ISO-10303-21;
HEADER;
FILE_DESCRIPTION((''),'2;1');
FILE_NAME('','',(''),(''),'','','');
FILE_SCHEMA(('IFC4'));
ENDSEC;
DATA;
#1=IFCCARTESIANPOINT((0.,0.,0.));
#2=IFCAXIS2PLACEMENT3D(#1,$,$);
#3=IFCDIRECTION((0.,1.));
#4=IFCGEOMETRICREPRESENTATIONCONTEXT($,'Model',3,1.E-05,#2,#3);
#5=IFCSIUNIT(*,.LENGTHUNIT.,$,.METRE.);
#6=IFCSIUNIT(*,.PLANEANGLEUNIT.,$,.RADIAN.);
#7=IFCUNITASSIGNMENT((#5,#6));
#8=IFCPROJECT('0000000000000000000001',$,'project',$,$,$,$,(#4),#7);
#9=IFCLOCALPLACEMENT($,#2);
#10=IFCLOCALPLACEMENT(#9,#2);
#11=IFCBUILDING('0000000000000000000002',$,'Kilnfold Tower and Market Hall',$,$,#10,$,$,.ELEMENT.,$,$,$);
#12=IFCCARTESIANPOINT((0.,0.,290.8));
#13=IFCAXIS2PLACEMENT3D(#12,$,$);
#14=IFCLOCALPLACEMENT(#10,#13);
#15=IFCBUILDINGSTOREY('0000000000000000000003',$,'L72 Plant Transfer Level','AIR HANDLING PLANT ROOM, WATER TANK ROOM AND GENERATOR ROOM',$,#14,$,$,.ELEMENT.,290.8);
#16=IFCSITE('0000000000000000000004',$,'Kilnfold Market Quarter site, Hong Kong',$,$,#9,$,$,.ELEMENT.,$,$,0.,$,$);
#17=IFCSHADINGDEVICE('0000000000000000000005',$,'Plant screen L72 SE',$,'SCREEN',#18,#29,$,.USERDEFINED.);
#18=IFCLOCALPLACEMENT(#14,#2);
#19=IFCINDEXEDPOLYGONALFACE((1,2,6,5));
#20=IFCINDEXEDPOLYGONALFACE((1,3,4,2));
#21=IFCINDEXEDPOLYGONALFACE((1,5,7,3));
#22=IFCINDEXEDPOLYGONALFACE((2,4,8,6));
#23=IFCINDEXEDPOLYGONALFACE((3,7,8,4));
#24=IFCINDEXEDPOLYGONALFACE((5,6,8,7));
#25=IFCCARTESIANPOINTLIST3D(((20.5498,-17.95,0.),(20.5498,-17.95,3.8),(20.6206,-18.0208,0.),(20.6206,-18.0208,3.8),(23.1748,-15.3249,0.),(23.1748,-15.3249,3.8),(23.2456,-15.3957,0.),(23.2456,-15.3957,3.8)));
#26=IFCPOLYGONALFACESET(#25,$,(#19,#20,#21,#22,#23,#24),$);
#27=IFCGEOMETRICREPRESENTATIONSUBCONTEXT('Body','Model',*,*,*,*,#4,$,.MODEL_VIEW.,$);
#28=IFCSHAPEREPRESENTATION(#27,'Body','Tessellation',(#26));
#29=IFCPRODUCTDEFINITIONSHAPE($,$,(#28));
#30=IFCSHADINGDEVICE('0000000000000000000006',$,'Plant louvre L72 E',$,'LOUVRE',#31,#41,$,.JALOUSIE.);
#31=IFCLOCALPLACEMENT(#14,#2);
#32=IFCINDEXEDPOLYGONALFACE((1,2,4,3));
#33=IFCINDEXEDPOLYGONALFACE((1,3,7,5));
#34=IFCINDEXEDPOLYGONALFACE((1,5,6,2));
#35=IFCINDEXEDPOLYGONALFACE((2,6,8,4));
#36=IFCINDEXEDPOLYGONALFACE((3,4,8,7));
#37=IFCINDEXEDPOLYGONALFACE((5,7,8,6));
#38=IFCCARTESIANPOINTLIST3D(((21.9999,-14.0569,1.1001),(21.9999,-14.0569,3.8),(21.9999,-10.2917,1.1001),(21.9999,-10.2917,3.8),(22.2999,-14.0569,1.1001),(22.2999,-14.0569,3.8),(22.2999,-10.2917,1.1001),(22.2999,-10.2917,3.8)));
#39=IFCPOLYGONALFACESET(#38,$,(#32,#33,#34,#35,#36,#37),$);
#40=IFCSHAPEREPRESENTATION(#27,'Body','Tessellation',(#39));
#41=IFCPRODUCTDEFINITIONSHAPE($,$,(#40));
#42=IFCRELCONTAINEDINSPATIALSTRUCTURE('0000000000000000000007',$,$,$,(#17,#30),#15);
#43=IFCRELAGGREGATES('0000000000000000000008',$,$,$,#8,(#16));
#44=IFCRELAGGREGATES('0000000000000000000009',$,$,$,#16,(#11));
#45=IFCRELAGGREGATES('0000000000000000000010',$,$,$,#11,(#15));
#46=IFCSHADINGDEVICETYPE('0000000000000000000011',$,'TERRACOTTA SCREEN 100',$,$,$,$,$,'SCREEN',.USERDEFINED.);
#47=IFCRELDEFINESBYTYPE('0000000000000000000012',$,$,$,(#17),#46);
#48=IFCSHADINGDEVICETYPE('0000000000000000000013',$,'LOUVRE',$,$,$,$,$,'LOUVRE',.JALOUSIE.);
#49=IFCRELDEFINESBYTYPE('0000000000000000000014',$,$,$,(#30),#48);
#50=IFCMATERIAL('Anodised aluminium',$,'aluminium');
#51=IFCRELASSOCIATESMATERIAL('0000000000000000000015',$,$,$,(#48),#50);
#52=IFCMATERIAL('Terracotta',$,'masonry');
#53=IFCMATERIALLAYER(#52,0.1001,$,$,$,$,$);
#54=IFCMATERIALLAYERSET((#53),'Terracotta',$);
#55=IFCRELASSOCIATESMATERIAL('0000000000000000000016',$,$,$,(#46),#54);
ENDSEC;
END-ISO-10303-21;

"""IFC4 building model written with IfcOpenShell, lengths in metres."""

from ifc_helpers import new_model, si_unit, direction, frame, origin, origin_2d, place, context, subcontext, project, spatial, rectangle, extrude, source, transform, mapped, material, layer, layer_set, type_object, element, save


model = new_model("IFC4")

# Units and contexts
model_context = context("Model", 3, precision=1e-05, world=origin(), true_north=direction((0.0, 1.0)))
body_context = subcontext(model_context, "Body", "Model", "MODEL_VIEW")
ifc_project = project(units=[si_unit("LENGTHUNIT", "METRE"), si_unit("PLANEANGLEUNIT", "RADIAN")], contexts=[model_context])

# Site, building, storey
site_placement = place(None, origin())
site = spatial("IfcSite", under=ifc_project, at=site_placement, Name="Kilnfold Market Quarter site, Hong Kong", CompositionType="ELEMENT", RefElevation=0.0)
building_placement = place(site_placement, origin())
building = spatial("IfcBuilding", under=site, at=building_placement, Name="Kilnfold Tower and Market Hall", CompositionType="ELEMENT")
storey_placement = place(building_placement, frame((0.0, 0.0, 290.8)))
storey = spatial("IfcBuildingStorey", under=building, at=storey_placement, Name="L72 Plant Transfer Level", Description="AIR HANDLING PLANT ROOM, WATER TANK ROOM AND GENERATOR ROOM", CompositionType="ELEMENT", Elevation=290.8)

# Shading devices
ifc_material_1 = material(Name="Anodised aluminium", Category="aluminium")
shading_device_type_1 = type_object("IfcShadingDeviceType", Name="LOUVRE", ElementType="LOUVRE", PredefinedType="JALOUSIE", material=ifc_material_1)
ifc_material_2 = material(Name="Terracotta", Category="masonry")
ifc_layer_1 = layer(ifc_material_2, 0.1001)
ifc_layer_set_1 = layer_set([ifc_layer_1], Name="Terracotta")
shading_device_type_2 = type_object("IfcShadingDeviceType", Name="TERRACOTTA SCREEN 100", ElementType="SCREEN", PredefinedType="USERDEFINED", material=ifc_layer_set_1)
shared_shape_1 = source(origin(), body_context, "Body", "SweptSolid", [
    extrude(rectangle(XDim=3.7124, YDim=0.1001, at=origin_2d()), origin(), (0.0, 0.0, 1.0), 3.8),
])
shading_device_1_placement = place(storey_placement, frame((21.8977, -16.6729, 0.0), z_axis=(0.0, 0.0, 1.0), x_axis=(0.707107, 0.707107, 0.0)))
element("IfcShadingDevice", 1, at=shading_device_1_placement, inside=storey, type_object=shading_device_type_2, Name="Plant screen L72 SE", ObjectType="SCREEN", PredefinedType="USERDEFINED", context=body_context, shape_type="MappedRepresentation", body=[
    mapped(shared_shape_1, transform((0.0, 0.0, 0.0))),
])
shared_shape_2 = source(origin(), body_context, "Body", "SweptSolid", [
    extrude(rectangle(XDim=3.7651, YDim=0.3, at=origin_2d()), origin(), (0.0, 0.0, 1.0), 2.7),
])
shading_device_2_placement = place(storey_placement, frame((22.1499, -12.1743, 1.1001), z_axis=(0.0, 0.0, 1.0), x_axis=(0.0, 1.0, 0.0)))
element("IfcShadingDevice", 2, at=shading_device_2_placement, inside=storey, type_object=shading_device_type_1, Name="Plant louvre L72 E", ObjectType="LOUVRE", PredefinedType="JALOUSIE", context=body_context, shape_type="MappedRepresentation", body=[
    mapped(shared_shape_2, transform((0.0, 0.0, 0.0))),
])

save(model, "model.ifc")
